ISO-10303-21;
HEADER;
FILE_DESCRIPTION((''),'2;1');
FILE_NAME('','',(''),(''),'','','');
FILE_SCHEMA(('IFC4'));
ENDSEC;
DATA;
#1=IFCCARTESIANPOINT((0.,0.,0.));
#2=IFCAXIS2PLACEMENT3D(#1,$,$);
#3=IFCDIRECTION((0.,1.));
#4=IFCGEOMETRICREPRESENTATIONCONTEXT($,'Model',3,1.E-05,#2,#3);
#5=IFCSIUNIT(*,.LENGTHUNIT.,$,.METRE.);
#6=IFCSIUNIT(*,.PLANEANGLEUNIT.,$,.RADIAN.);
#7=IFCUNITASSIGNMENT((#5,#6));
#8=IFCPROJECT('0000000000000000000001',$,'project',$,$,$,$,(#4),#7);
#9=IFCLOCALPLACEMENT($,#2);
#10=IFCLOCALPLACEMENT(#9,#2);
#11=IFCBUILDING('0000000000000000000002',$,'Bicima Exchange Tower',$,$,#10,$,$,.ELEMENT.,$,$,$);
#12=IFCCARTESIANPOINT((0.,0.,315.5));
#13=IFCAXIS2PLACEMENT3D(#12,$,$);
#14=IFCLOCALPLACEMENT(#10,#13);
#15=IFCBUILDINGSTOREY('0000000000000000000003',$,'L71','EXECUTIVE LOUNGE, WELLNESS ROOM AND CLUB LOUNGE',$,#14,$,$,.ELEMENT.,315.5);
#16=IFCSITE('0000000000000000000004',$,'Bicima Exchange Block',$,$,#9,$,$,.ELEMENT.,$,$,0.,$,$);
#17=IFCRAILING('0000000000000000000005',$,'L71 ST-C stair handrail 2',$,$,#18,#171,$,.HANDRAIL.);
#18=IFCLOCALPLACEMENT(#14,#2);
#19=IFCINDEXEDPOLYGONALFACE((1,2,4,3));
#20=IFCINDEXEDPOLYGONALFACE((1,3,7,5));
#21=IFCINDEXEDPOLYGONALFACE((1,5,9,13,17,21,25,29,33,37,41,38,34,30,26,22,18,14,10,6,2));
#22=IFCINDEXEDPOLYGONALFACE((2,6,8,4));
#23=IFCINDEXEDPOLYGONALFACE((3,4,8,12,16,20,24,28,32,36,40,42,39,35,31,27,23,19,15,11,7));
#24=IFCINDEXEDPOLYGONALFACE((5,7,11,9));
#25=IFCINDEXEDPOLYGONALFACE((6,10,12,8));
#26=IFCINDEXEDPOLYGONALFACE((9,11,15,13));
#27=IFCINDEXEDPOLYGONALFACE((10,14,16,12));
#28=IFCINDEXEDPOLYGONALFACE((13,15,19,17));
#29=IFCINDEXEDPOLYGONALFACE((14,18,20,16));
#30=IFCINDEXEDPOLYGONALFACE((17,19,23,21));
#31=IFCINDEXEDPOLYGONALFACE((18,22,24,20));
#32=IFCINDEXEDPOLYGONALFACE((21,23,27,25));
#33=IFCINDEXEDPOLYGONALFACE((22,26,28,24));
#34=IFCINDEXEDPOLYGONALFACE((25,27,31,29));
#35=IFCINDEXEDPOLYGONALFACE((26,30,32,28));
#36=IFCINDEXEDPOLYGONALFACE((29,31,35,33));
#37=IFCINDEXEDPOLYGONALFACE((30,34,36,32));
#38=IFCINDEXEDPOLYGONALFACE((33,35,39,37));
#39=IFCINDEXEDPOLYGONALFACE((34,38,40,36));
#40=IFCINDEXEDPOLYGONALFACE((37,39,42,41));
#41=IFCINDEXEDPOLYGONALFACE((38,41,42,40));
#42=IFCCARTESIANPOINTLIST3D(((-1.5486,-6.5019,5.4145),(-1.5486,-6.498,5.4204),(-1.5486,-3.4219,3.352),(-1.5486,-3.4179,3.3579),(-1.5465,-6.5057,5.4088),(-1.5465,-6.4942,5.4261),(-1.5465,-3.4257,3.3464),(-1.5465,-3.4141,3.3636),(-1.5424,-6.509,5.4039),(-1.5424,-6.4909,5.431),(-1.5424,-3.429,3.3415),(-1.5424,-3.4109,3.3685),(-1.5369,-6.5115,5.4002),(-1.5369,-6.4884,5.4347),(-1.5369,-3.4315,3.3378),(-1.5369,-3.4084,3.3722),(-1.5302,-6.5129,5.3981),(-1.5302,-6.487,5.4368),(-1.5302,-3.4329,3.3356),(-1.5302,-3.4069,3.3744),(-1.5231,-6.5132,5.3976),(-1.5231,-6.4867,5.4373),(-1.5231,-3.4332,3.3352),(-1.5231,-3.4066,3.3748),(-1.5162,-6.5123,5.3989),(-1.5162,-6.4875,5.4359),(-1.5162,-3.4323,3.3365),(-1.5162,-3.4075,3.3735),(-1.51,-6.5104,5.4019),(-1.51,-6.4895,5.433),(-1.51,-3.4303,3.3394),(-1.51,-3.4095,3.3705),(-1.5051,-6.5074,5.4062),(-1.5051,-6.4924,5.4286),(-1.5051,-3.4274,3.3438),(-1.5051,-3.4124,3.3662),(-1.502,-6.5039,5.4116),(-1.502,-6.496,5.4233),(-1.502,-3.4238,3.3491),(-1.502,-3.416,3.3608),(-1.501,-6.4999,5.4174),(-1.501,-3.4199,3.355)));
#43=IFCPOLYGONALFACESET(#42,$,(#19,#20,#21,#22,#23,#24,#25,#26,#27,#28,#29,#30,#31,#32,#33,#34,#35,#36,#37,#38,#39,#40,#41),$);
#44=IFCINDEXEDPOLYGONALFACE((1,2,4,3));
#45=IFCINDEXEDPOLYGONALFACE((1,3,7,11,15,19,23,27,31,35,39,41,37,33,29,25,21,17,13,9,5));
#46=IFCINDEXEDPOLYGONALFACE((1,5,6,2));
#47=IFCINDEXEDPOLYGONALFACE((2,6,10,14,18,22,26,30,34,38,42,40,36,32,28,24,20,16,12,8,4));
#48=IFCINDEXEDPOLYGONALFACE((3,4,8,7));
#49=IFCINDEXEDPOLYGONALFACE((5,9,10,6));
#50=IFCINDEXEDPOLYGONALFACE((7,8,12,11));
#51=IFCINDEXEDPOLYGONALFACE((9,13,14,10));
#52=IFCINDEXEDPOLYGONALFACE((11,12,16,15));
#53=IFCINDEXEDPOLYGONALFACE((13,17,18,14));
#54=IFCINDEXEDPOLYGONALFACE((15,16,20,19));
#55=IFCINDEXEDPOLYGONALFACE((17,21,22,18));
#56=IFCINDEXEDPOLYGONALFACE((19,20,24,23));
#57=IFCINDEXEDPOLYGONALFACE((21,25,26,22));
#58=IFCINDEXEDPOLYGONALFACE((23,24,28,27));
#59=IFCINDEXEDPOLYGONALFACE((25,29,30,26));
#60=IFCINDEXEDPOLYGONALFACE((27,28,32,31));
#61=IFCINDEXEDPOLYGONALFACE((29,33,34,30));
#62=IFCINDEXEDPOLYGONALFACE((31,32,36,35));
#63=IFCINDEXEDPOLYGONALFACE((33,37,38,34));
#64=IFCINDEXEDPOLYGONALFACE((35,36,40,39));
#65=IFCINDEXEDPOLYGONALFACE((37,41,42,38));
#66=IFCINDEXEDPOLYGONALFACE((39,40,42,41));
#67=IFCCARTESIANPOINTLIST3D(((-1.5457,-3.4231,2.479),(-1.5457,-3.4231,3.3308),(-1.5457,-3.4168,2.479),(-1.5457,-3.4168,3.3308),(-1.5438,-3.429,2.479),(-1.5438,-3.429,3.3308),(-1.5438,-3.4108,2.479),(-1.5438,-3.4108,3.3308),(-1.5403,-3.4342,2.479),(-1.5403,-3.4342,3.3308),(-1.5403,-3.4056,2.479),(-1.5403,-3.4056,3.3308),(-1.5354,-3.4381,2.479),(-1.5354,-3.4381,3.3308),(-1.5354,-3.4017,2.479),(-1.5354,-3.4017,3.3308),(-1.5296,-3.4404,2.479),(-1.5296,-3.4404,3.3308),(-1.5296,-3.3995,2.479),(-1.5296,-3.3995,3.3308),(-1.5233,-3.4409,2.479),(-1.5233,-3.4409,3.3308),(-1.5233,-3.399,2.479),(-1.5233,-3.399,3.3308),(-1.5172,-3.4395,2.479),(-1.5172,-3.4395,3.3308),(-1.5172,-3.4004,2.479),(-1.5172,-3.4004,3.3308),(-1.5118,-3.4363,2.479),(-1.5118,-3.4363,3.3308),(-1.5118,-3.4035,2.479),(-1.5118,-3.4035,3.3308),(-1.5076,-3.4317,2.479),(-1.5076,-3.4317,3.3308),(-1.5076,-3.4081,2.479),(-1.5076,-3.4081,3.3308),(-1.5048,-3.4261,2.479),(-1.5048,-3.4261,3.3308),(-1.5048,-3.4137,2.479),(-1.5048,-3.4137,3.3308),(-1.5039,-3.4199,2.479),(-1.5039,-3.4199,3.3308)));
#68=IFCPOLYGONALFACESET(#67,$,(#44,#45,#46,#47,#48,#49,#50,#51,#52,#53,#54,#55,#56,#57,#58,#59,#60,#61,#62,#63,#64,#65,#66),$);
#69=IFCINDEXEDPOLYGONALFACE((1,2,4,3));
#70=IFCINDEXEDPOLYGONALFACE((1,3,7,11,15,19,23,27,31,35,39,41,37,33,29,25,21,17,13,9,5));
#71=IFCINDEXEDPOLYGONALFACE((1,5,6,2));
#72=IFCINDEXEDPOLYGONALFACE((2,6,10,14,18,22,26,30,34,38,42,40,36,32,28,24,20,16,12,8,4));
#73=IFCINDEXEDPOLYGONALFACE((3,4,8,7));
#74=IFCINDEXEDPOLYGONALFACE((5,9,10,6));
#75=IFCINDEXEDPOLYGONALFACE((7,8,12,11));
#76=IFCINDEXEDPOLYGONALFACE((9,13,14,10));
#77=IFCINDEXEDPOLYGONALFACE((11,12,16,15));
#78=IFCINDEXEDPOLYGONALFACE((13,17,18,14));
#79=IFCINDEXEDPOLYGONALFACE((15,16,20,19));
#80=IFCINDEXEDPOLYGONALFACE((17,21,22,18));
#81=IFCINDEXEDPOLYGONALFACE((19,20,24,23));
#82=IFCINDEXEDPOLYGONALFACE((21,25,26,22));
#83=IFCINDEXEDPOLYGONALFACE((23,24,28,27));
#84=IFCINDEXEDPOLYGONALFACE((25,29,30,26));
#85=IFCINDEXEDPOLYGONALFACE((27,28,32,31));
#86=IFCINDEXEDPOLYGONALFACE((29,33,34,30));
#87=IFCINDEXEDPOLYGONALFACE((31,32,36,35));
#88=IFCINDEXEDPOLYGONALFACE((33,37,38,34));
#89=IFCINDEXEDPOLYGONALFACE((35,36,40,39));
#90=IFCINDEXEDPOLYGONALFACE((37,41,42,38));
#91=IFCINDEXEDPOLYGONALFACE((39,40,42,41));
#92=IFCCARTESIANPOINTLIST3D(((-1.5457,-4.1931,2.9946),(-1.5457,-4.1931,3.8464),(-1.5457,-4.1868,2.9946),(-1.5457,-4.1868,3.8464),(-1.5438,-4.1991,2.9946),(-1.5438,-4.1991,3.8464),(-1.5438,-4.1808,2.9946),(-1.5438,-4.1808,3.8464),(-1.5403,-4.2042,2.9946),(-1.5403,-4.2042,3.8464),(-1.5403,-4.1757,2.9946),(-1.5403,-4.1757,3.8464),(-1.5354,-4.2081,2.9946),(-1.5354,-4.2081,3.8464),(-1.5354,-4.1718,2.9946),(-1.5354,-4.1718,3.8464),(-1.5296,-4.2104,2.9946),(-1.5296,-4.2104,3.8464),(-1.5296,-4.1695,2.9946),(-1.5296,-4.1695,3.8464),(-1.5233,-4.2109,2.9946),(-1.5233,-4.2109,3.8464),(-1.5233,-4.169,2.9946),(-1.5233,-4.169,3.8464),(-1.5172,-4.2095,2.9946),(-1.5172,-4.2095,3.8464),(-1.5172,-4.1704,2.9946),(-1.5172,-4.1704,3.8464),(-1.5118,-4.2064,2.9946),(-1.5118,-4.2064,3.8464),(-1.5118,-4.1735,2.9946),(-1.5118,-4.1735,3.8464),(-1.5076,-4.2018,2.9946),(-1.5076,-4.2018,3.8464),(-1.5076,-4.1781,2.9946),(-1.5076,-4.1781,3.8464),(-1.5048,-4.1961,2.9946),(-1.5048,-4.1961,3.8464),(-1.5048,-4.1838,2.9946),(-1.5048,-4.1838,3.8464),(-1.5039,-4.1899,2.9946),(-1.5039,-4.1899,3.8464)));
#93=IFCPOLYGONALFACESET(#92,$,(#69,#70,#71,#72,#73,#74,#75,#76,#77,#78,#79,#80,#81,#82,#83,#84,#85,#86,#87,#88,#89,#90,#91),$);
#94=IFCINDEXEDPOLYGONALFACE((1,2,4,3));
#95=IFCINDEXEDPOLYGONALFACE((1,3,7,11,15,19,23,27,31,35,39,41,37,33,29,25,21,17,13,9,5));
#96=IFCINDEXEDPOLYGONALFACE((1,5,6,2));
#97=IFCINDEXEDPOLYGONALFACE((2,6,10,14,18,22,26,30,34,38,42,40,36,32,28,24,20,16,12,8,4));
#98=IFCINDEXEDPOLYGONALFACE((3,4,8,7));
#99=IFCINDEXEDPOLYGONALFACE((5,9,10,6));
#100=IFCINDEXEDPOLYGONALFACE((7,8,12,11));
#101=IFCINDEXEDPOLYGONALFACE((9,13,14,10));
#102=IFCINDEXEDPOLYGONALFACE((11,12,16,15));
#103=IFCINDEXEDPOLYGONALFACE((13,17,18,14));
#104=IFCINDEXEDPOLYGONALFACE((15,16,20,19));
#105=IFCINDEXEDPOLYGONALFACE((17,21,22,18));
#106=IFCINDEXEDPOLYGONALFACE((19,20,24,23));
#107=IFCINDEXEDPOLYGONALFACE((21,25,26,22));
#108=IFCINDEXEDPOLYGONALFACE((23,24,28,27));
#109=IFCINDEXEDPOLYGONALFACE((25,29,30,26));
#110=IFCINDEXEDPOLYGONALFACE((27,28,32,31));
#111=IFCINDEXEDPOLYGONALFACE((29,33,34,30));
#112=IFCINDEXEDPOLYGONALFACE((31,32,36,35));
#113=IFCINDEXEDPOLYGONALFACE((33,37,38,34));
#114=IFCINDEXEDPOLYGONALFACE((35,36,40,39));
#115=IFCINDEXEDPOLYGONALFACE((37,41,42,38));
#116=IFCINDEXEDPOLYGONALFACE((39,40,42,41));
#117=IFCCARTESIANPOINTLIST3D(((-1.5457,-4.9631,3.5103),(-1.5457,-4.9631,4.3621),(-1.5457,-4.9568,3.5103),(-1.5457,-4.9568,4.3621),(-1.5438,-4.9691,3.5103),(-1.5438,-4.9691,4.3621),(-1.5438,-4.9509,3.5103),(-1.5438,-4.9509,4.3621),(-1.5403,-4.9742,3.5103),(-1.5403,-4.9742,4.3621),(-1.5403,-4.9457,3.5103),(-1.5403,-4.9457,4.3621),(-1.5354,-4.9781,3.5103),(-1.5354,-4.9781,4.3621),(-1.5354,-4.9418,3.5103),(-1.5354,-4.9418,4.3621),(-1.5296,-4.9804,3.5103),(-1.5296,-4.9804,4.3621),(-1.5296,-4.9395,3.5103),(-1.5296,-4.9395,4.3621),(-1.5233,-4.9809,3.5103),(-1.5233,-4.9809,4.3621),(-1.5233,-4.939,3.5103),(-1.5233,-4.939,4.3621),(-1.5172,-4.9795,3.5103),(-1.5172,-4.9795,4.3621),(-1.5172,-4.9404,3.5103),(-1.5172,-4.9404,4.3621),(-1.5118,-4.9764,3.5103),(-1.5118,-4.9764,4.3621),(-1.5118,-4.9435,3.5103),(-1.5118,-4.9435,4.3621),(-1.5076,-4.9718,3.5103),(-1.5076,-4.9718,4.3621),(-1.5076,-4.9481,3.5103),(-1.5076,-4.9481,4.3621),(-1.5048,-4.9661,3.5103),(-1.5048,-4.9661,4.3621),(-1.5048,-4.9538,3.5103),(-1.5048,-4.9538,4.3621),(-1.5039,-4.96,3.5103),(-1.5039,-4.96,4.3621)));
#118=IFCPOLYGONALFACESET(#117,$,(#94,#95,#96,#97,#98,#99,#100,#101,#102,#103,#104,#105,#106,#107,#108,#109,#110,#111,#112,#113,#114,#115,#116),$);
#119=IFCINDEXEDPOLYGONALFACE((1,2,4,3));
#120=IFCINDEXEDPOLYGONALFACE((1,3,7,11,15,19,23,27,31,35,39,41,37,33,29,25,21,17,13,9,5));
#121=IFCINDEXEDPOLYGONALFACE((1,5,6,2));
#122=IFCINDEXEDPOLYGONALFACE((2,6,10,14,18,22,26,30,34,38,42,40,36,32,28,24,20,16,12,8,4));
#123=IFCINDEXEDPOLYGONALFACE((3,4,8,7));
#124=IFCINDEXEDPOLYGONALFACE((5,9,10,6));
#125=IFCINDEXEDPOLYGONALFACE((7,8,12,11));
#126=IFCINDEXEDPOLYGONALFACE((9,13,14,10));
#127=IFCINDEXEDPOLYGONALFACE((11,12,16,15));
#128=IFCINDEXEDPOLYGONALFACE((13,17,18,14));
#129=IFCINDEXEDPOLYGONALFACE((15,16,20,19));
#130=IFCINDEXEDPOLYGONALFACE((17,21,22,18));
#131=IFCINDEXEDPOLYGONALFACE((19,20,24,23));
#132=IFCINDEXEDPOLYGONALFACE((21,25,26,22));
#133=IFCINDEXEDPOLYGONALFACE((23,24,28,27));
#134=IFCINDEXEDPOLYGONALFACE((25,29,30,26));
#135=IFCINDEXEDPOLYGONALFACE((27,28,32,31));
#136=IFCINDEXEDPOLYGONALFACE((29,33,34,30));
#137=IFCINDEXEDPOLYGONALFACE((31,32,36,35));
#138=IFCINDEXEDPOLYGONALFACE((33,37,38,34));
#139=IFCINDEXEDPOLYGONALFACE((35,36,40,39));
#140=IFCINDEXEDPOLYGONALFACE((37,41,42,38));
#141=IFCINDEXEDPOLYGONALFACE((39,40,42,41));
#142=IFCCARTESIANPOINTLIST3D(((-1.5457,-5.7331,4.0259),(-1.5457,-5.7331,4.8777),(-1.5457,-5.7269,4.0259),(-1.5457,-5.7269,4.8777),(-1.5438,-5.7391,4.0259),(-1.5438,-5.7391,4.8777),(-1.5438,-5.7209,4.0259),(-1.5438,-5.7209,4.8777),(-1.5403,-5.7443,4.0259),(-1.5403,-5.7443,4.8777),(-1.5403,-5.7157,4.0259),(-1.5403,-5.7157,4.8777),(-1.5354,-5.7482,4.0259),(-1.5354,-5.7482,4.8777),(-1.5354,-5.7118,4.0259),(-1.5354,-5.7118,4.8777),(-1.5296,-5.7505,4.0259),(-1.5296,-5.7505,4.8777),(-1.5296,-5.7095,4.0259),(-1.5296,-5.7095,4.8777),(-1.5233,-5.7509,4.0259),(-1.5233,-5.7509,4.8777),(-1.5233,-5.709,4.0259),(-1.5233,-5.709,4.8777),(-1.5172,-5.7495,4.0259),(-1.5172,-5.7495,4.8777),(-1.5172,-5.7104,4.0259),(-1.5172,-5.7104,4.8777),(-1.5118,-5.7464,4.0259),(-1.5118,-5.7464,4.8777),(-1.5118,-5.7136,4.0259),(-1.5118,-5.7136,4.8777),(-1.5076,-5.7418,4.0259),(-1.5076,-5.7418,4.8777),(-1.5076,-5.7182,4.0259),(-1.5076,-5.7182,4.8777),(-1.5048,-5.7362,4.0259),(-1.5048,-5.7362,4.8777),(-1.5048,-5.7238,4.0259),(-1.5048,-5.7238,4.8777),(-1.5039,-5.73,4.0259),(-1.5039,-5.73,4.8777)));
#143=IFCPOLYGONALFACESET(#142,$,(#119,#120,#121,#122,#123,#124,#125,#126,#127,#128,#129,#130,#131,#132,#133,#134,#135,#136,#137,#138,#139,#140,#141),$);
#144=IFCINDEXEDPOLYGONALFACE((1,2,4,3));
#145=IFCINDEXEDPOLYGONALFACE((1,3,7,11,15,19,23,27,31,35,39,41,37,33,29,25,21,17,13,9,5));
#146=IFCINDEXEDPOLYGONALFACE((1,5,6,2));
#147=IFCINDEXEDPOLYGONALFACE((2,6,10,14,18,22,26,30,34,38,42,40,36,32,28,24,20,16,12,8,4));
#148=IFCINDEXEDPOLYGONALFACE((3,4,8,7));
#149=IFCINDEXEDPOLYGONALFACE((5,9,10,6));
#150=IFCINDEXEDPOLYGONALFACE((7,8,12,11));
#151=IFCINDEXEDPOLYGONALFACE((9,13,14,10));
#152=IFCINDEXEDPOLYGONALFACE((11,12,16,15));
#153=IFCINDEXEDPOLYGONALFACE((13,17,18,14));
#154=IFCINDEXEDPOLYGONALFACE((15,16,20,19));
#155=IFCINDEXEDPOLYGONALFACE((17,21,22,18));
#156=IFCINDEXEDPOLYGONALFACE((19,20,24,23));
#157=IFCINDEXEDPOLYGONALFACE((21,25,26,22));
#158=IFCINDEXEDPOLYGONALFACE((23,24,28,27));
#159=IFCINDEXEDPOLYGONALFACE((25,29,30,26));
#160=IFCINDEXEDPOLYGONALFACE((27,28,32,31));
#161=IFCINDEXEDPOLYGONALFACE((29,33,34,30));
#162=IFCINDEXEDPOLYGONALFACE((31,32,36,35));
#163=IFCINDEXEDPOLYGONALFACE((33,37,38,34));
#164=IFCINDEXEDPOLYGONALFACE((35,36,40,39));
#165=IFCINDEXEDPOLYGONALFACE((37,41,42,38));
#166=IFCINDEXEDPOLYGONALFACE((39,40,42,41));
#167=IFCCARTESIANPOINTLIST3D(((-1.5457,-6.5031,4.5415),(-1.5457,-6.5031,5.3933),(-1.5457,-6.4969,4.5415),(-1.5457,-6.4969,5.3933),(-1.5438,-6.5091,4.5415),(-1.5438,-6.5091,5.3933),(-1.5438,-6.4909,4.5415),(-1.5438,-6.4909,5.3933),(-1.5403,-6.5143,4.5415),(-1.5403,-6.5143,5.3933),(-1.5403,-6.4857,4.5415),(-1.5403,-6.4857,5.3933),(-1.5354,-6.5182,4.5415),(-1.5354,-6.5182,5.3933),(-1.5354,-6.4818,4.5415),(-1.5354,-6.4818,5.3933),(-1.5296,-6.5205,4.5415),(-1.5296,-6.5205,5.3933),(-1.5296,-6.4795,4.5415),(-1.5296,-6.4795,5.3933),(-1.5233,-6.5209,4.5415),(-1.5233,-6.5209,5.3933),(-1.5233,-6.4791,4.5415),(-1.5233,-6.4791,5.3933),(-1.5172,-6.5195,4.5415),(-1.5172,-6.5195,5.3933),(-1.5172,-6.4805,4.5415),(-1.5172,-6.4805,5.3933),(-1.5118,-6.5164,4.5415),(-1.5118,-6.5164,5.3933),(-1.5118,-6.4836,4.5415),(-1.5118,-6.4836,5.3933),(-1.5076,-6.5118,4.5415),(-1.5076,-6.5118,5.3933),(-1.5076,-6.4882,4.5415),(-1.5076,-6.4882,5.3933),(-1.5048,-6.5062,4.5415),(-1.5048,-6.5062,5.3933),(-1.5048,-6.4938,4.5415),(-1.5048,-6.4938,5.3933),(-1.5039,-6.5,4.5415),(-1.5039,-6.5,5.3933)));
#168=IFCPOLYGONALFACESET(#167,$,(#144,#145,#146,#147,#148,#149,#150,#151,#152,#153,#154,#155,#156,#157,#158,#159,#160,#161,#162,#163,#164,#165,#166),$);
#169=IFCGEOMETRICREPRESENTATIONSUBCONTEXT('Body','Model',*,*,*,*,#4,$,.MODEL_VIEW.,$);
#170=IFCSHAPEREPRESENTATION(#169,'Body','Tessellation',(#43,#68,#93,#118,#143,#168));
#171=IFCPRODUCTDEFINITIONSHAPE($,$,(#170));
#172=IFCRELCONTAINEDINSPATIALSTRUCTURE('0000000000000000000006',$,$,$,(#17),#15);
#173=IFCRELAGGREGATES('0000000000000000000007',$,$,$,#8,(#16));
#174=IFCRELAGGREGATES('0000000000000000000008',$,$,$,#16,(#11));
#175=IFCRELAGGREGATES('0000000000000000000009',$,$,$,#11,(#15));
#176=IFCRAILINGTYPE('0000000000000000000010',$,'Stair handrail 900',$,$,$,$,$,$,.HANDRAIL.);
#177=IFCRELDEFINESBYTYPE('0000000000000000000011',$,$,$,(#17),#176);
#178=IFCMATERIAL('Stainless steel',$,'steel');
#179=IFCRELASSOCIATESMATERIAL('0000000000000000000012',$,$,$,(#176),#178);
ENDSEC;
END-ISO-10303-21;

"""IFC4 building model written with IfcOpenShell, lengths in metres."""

from ifc_helpers import new_model, si_unit, direction, frame, origin, origin_2d, place, context, subcontext, project, spatial, circle, extrude, material, type_object, element, save


model = new_model("IFC4")

# Units and contexts
model_context = context("Model", 3, precision=1e-05, world=origin(), true_north=direction((0.0, 1.0)))
body_context = subcontext(model_context, "Body", "Model", "MODEL_VIEW")
ifc_project = project(units=[si_unit("LENGTHUNIT", "METRE"), si_unit("PLANEANGLEUNIT", "RADIAN")], contexts=[model_context])

# Site, building, storey
site_placement = place(None, origin())
site = spatial("IfcSite", under=ifc_project, at=site_placement, Name="Bicima Exchange Block", CompositionType="ELEMENT", RefElevation=0.0)
building_placement = place(site_placement, origin())
building = spatial("IfcBuilding", under=site, at=building_placement, Name="Bicima Exchange Tower", CompositionType="ELEMENT")
storey_placement = place(building_placement, frame((0.0, 0.0, 315.5)))
storey = spatial("IfcBuildingStorey", under=building, at=storey_placement, Name="L71", Description="EXECUTIVE LOUNGE, WELLNESS ROOM AND CLUB LOUNGE", CompositionType="ELEMENT", Elevation=315.5)

# Railing
ifc_material_1 = material(Name="Stainless steel", Category="steel")
railing_type = type_object("IfcRailingType", Name="Stair handrail 900", PredefinedType="HANDRAIL", material=ifc_material_1)
railing_placement = place(storey_placement, frame((-1.5249, -3.4199, 2.479)))
element("IfcRailing", 1, at=railing_placement, inside=storey, type_object=railing_type, Name="L71 ST-C stair handrail 2", PredefinedType="HANDRAIL", context=body_context, shape_type="SweptSolid", body=[
    extrude(circle(Radius=0.0239, at=origin_2d()), frame((0.0, 0.0, 0.876), z_axis=(0.0, -0.830914, 0.556401), x_axis=(1.0, 0.0, 0.0)), (0.0, 0.0, 1.0), 3.7068),
    extrude(circle(Radius=0.021, at=origin_2d()), origin(), (0.0, 0.0, 1.0), 0.8518),
    extrude(circle(Radius=0.021, at=origin_2d()), frame((0.0, -0.77, 0.5156)), (0.0, 0.0, 1.0), 0.8518),
    extrude(circle(Radius=0.021, at=origin_2d()), frame((0.0, -1.54, 1.0312)), (0.0, 0.0, 1.0), 0.8518),
    extrude(circle(Radius=0.021, at=origin_2d()), frame((0.0, -2.3101, 1.5469)), (0.0, 0.0, 1.0), 0.8518),
    extrude(circle(Radius=0.021, at=origin_2d()), frame((0.0, -3.0801, 2.0625)), (0.0, 0.0, 1.0), 0.8518),
])

save(model, "model.ifc")
